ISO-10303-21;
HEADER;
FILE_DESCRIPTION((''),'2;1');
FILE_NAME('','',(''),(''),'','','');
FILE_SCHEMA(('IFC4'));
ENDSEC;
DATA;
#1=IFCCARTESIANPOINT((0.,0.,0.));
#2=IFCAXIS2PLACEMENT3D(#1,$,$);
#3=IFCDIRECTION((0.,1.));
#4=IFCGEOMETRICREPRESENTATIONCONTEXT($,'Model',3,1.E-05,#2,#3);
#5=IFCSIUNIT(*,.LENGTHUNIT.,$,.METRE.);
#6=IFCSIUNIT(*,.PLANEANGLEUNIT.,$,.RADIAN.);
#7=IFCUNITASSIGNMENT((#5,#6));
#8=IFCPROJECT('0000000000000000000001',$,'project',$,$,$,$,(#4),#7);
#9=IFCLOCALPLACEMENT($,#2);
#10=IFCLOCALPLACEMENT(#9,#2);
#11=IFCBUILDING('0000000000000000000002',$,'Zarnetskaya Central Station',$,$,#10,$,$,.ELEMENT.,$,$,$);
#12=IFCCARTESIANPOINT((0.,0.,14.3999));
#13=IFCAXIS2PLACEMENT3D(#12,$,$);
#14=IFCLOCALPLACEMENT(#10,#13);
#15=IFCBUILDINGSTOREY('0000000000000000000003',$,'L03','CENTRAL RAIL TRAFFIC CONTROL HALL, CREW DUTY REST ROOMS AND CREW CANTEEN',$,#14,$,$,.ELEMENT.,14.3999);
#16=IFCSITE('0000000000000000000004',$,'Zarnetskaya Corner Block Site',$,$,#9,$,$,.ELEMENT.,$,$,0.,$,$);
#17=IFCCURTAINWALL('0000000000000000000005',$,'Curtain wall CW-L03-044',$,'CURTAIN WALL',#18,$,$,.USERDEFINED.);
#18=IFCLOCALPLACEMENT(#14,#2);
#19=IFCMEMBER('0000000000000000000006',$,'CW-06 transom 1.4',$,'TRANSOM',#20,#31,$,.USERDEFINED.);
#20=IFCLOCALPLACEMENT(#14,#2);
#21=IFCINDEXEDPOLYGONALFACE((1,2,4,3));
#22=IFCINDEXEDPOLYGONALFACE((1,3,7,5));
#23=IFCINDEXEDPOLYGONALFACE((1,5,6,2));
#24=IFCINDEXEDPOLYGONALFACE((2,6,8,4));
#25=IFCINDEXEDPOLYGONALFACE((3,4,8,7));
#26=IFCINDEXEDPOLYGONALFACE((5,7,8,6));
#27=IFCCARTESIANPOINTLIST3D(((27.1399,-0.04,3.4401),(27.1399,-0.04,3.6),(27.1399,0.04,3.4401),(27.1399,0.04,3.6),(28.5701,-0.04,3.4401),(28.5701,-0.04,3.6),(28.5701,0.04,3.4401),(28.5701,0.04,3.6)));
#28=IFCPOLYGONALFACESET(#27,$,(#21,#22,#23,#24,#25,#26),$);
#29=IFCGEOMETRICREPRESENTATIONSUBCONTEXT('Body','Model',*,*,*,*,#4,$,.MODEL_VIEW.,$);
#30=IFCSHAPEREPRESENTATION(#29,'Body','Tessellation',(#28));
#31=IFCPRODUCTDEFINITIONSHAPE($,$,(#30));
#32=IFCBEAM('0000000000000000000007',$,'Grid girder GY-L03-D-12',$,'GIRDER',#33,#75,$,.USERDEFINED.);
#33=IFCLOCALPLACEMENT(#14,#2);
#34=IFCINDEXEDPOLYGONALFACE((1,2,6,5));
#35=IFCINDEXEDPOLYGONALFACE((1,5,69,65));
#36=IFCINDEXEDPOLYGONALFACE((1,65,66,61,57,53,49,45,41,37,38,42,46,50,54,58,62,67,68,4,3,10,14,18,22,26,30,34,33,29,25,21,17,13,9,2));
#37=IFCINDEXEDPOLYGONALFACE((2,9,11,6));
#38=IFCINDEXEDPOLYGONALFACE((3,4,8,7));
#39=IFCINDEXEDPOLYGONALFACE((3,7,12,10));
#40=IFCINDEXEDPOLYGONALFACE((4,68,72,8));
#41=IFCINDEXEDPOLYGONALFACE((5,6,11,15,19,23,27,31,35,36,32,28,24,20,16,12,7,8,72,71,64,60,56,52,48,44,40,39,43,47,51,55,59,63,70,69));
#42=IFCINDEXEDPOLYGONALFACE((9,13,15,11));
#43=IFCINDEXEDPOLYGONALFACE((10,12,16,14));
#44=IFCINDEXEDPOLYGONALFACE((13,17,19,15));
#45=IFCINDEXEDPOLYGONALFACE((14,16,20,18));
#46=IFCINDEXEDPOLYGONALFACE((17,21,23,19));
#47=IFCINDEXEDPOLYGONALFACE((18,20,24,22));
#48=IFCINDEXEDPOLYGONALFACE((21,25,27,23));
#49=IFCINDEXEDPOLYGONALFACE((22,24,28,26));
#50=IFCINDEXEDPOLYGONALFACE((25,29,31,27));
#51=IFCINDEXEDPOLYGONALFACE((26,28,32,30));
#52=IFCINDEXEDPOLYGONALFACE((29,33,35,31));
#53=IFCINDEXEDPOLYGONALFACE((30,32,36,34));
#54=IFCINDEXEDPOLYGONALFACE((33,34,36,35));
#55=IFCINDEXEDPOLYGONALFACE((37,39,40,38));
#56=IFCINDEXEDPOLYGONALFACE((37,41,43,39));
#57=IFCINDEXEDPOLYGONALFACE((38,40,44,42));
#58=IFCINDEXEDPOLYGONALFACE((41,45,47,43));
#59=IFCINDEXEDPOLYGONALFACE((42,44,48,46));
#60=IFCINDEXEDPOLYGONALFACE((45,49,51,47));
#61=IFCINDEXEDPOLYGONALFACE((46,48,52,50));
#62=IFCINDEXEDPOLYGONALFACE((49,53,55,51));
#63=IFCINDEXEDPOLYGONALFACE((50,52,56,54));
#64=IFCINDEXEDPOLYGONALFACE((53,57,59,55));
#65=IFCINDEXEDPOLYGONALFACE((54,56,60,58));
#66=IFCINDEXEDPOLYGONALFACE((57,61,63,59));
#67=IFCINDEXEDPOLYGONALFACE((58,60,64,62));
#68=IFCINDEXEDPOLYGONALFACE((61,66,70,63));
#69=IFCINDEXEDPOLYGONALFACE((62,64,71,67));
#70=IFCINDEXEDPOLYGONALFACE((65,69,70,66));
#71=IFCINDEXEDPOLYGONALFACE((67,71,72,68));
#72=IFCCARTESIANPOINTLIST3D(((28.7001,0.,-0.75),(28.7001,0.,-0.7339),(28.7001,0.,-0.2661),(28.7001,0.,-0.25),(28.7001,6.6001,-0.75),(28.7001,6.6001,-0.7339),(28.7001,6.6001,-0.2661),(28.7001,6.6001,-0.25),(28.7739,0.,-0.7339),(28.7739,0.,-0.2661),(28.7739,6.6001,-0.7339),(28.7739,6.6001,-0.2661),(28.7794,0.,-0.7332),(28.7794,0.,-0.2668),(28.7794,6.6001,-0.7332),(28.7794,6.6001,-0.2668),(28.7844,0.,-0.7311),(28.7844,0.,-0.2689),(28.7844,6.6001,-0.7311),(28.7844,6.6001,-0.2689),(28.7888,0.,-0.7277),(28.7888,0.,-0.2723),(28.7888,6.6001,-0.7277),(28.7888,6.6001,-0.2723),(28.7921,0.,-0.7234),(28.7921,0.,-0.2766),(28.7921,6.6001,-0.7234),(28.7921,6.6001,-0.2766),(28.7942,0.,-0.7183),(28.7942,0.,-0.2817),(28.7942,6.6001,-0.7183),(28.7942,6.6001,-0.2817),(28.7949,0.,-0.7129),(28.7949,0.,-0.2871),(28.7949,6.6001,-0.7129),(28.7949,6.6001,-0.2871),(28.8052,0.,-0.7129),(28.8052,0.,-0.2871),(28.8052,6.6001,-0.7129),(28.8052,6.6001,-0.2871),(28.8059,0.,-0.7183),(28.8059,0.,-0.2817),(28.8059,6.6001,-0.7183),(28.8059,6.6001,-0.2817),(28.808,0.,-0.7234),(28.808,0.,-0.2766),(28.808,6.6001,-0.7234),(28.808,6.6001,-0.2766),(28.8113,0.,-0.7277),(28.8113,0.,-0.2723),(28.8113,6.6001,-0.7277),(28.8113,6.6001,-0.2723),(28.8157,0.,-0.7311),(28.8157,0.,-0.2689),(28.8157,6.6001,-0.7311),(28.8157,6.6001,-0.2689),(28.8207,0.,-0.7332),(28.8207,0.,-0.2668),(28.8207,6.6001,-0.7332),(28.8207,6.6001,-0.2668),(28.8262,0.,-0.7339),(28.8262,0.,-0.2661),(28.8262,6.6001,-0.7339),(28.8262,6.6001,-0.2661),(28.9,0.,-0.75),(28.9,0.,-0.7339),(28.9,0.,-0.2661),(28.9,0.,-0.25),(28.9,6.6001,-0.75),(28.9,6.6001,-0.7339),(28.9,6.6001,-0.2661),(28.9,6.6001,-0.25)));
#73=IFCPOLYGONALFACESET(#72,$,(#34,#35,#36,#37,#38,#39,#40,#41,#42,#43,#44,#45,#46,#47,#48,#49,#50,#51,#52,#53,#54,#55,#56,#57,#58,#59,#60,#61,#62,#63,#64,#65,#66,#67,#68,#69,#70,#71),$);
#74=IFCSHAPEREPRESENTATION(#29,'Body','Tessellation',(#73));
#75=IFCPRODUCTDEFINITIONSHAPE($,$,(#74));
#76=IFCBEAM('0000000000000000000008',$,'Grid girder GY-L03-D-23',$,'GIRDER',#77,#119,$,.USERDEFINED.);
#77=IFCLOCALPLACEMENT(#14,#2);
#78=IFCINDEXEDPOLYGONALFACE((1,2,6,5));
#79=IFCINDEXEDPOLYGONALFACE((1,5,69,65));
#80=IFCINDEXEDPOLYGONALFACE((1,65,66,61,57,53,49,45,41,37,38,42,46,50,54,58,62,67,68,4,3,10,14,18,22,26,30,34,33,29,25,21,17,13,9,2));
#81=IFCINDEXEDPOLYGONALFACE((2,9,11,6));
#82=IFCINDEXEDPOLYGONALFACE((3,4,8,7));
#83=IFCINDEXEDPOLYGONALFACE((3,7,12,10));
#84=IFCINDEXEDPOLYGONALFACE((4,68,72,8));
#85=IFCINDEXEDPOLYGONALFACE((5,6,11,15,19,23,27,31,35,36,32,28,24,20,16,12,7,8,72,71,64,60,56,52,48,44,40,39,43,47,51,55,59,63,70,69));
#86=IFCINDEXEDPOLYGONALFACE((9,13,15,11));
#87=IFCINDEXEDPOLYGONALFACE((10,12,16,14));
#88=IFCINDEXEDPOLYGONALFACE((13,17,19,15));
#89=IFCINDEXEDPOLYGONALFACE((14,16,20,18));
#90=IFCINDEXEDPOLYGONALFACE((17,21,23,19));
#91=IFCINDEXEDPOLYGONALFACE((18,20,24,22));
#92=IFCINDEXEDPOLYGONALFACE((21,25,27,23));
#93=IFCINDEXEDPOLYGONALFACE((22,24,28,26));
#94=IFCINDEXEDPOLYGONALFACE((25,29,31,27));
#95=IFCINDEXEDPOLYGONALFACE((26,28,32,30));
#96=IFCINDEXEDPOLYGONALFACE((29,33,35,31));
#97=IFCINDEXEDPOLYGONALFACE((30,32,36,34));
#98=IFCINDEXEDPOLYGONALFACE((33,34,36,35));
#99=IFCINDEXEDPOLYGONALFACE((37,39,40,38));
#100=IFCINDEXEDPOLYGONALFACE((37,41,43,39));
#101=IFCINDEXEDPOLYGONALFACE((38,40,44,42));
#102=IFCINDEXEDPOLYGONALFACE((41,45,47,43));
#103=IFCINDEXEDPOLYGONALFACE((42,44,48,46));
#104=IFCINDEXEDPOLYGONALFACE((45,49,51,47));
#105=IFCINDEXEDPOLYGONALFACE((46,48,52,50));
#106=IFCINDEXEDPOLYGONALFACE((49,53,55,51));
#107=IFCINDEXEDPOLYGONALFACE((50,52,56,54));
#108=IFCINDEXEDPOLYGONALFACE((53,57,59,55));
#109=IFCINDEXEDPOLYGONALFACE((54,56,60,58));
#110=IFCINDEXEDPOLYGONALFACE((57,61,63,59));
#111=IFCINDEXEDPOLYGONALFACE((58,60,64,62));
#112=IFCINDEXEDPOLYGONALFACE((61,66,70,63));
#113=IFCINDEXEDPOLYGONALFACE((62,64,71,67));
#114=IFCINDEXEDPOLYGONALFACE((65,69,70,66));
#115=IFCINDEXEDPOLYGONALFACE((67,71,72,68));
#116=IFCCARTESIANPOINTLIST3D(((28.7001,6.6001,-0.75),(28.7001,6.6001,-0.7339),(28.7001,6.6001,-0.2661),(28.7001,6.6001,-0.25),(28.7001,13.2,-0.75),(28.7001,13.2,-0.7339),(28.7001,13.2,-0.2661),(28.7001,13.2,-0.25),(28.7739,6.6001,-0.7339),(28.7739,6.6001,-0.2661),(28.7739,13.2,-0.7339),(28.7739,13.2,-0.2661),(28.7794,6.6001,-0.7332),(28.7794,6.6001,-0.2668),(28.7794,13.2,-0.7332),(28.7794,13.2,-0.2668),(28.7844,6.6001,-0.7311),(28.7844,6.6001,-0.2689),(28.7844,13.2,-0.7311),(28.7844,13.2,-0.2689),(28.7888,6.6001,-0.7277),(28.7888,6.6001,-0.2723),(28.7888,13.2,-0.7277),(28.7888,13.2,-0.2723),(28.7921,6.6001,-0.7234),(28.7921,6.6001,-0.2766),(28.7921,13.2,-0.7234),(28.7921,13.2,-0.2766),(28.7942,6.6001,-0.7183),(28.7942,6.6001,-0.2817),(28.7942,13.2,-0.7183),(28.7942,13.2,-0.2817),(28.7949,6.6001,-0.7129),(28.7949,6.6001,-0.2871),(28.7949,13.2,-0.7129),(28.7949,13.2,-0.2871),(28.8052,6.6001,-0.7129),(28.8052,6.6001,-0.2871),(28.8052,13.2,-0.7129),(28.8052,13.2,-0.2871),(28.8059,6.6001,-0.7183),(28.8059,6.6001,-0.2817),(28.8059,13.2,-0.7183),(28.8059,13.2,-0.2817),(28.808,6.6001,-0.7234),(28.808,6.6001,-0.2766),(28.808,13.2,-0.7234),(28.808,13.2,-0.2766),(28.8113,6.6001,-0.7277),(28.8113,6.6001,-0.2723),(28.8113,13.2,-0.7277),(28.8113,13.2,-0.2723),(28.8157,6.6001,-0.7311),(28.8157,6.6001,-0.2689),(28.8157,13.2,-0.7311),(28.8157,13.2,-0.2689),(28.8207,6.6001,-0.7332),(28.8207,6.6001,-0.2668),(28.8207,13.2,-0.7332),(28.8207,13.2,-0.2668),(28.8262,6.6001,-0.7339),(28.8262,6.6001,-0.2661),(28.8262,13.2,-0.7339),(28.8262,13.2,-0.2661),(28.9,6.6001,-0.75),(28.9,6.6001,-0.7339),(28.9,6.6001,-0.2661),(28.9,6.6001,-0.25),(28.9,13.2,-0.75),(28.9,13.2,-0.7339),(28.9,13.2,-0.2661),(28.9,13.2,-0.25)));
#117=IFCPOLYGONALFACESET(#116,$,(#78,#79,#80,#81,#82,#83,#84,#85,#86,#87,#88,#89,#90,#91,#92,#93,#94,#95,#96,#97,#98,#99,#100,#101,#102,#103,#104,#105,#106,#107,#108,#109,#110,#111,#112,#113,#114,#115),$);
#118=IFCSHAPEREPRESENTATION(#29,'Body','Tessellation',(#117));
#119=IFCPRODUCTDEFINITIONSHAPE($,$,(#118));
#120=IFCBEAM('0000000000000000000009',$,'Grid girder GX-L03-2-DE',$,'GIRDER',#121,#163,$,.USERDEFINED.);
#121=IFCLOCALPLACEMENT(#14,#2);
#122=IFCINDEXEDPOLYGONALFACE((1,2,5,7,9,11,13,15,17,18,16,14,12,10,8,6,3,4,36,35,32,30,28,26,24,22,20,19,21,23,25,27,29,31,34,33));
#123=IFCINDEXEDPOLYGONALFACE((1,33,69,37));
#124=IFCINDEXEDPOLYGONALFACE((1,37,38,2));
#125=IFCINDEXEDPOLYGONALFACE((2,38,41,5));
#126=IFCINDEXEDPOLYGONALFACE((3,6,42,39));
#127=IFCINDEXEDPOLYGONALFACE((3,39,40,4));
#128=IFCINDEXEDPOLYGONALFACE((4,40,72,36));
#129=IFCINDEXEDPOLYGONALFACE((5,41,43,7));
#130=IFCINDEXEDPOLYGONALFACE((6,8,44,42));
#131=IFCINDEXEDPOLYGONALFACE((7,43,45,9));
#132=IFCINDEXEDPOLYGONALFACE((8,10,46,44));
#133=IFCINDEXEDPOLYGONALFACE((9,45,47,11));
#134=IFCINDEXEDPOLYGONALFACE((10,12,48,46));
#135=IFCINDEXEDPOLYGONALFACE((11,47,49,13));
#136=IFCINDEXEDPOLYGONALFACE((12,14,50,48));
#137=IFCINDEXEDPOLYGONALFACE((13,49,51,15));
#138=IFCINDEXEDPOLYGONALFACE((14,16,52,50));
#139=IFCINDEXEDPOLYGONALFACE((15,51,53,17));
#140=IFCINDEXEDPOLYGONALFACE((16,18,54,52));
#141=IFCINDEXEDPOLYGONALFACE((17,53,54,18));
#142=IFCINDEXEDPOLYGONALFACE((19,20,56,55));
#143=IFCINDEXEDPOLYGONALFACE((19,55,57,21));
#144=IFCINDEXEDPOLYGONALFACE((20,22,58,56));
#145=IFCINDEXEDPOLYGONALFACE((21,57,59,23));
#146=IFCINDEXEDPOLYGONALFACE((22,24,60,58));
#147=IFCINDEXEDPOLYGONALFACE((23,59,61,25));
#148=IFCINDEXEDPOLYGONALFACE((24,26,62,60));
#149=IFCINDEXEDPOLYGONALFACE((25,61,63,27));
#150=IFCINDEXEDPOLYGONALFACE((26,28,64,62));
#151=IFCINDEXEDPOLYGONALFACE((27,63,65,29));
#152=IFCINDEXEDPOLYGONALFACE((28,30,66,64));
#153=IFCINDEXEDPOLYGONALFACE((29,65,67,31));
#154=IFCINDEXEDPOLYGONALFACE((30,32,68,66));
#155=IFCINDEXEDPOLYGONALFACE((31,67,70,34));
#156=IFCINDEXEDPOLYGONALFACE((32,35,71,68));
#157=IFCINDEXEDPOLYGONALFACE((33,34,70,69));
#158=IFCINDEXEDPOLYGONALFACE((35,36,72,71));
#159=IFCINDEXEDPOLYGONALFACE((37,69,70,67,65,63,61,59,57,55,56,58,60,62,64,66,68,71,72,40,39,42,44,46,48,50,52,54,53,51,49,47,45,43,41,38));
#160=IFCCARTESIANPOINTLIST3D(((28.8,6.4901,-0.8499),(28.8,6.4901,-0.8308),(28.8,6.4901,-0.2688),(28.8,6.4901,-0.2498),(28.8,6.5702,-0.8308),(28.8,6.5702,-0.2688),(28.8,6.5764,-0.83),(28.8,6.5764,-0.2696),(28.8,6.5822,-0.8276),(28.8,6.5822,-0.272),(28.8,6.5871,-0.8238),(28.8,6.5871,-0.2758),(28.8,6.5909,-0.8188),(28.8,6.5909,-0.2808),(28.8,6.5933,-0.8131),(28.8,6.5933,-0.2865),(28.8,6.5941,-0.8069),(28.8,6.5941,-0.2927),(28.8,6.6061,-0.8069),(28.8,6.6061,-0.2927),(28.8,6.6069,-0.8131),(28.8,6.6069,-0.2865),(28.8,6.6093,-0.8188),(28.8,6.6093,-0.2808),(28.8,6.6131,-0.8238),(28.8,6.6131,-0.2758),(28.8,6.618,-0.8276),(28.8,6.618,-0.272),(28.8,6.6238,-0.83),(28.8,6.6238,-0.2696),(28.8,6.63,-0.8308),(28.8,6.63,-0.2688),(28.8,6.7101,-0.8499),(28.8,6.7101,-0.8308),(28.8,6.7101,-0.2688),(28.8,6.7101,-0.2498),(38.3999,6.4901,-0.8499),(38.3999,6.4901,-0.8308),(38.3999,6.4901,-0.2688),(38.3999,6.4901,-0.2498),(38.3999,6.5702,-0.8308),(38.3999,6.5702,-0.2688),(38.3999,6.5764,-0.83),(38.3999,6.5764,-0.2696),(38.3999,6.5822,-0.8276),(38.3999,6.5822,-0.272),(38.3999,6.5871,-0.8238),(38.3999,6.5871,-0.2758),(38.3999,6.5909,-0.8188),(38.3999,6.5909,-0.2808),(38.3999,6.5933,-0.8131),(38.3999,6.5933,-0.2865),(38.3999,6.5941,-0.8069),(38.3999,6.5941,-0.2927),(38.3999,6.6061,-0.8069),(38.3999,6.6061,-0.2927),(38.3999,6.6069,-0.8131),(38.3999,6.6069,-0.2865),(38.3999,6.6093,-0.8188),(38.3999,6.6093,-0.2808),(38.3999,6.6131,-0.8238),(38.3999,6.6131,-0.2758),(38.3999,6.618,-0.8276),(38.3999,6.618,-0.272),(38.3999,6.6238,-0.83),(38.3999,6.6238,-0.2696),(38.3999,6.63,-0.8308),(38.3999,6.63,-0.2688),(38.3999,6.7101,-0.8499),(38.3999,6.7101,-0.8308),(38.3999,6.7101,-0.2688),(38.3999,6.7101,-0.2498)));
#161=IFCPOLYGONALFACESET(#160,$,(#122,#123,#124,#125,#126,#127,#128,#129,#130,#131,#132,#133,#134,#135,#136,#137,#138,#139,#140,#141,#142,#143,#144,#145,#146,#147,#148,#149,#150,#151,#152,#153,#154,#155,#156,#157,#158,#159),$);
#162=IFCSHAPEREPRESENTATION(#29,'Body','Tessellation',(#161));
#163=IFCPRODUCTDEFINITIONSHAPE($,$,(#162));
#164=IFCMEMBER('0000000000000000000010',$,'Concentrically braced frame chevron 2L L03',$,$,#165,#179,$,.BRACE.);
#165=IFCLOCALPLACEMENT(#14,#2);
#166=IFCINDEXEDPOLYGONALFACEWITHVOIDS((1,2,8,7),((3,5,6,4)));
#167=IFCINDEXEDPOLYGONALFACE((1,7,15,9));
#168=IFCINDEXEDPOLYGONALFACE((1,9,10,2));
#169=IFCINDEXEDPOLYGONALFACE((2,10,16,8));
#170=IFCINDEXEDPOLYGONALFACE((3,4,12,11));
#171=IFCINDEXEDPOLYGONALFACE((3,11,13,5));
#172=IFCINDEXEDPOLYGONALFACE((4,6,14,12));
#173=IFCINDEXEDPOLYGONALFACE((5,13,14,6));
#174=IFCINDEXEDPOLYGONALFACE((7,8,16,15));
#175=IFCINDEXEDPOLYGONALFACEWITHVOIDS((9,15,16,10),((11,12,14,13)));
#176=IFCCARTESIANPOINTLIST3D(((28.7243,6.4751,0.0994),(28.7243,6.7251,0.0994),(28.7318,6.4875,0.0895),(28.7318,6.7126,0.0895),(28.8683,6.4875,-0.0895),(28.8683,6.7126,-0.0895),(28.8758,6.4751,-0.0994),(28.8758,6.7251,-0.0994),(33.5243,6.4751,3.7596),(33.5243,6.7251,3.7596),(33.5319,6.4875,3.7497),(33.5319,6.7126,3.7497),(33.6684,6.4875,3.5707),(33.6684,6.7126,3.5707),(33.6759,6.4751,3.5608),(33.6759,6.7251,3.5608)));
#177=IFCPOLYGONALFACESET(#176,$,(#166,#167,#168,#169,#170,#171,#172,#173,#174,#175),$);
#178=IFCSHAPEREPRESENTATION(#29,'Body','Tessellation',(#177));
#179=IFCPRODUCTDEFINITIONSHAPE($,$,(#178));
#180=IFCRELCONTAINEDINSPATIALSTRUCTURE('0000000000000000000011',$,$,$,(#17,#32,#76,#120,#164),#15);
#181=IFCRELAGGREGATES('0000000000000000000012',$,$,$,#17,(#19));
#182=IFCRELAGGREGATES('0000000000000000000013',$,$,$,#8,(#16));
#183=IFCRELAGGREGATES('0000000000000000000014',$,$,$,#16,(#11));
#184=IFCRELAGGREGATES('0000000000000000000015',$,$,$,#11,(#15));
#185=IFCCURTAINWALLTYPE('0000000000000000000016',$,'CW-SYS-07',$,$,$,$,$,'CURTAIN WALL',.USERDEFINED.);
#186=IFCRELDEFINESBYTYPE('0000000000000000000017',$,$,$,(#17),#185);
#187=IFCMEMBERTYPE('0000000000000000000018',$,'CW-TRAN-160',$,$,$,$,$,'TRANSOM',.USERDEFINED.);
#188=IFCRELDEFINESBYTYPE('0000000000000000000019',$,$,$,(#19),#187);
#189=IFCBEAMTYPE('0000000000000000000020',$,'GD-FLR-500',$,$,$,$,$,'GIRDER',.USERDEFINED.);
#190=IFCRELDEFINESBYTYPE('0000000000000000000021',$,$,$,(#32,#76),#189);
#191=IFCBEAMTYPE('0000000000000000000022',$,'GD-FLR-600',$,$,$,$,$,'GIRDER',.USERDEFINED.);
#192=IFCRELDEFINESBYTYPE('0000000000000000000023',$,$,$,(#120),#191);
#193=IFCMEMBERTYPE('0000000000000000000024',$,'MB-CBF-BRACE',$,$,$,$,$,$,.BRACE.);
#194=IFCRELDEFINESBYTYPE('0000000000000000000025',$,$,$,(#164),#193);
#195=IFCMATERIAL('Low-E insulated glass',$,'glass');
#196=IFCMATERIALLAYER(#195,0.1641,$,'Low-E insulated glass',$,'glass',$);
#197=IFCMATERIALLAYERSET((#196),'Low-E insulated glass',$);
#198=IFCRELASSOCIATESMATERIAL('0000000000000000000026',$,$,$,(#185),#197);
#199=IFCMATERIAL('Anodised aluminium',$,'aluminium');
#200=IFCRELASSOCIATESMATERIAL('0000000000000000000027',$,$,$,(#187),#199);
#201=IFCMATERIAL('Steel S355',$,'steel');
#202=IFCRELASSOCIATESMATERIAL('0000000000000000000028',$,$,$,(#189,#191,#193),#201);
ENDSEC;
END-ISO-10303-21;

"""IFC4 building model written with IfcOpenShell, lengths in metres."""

from ifc_helpers import new_model, si_unit, direction, frame, origin, origin_2d, place, context, subcontext, project, spatial, rectangle, hollow_rectangle, i_section, extrude, material, layer, layer_set, material_profile, profile_set, type_object, element, aggregate, save


model = new_model("IFC4")

# Units and contexts
model_context = context("Model", 3, precision=1e-05, world=origin(), true_north=direction((0.0, 1.0)))
body_context = subcontext(model_context, "Body", "Model", "MODEL_VIEW")
ifc_project = project(units=[si_unit("LENGTHUNIT", "METRE"), si_unit("PLANEANGLEUNIT", "RADIAN")], contexts=[model_context])

# Site, building, storey
site_placement = place(None, origin())
site = spatial("IfcSite", under=ifc_project, at=site_placement, Name="Zarnetskaya Corner Block Site", CompositionType="ELEMENT", RefElevation=0.0)
building_placement = place(site_placement, origin())
building = spatial("IfcBuilding", under=site, at=building_placement, Name="Zarnetskaya Central Station", CompositionType="ELEMENT")
storey_placement = place(building_placement, frame((0.0, 0.0, 14.3999)))
storey = spatial("IfcBuildingStorey", under=building, at=storey_placement, Name="L03", Description="CENTRAL RAIL TRAFFIC CONTROL HALL, CREW DUTY REST ROOMS AND CREW CANTEEN", CompositionType="ELEMENT", Elevation=14.3999)

# Shared definitions
ifc_material_1 = material(Name="Steel S355", Category="steel")

# Shared definitions
ifc_material_2 = material(Name="Low-E insulated glass", Category="glass")
ifc_material_3 = material(Name="Anodised aluminium", Category="aluminium")

# Curtain wall
ifc_layer_1 = layer(ifc_material_2, 0.1641, Name="Low-E insulated glass", Category="glass")
ifc_layer_set_1 = layer_set([ifc_layer_1], Name="Low-E insulated glass")
curtain_wall_type_1 = type_object("IfcCurtainWallType", Name="CW-SYS-07", ElementType="CURTAIN WALL", PredefinedType="USERDEFINED", material=ifc_layer_set_1)
curtain_wall_1_placement = place(storey_placement, origin())
curtain_wall_1 = element("IfcCurtainWall", 1, at=curtain_wall_1_placement, inside=storey, type_object=curtain_wall_type_1, Name="Curtain wall CW-L03-044", ObjectType="CURTAIN WALL", PredefinedType="USERDEFINED")

# Member
ifc_material_profile_1 = material_profile(ifc_material_3, rectangle(XDim=0.0801, YDim=0.1599, at=origin_2d()), Name="ALU TRAN 80x160")
ifc_profile_set_1 = profile_set([ifc_material_profile_1], Name="Anodised aluminium")
member_type_1 = type_object("IfcMemberType", Name="CW-TRAN-160", ElementType="TRANSOM", PredefinedType="USERDEFINED", material=ifc_profile_set_1)
member_1_placement = place(storey_placement, frame((28.5701, 0.0, 3.52), z_axis=(-1.0, 0.0, 0.0), x_axis=(0.0, -1.0, 0.0)))
member_1 = element("IfcMember", 2, at=member_1_placement, type_object=member_type_1, Name="CW-06 transom 1.4", ObjectType="TRANSOM", PredefinedType="USERDEFINED", context=body_context, shape_type="SweptSolid", body=[
    extrude(rectangle(XDim=0.0801, YDim=0.1599, at=origin_2d()), origin(), (0.0, 0.0, 1.0), 1.4302),
])

# Beams
ifc_material_profile_2 = material_profile(ifc_material_1, i_section(OverallWidth=0.2, OverallDepth=0.5, WebThickness=0.0103, FlangeThickness=0.0161, FilletRadius=0.021, at=origin_2d()), Name="IPE 500")
ifc_profile_set_2 = profile_set([ifc_material_profile_2], Name="Steel S355")
beam_type_1 = type_object("IfcBeamType", Name="GD-FLR-500", ElementType="GIRDER", PredefinedType="USERDEFINED", material=ifc_profile_set_2)
beam_1_placement = place(storey_placement, frame((28.8, 0.0, -0.5), z_axis=(0.0, 1.0, 0.0), x_axis=(-1.0, 0.0, 0.0)))
element("IfcBeam", 3, at=beam_1_placement, inside=storey, type_object=beam_type_1, Name="Grid girder GY-L03-D-12", ObjectType="GIRDER", PredefinedType="USERDEFINED", context=body_context, shape_type="SweptSolid", body=[
    extrude(i_section(OverallWidth=0.2, OverallDepth=0.5, WebThickness=0.0103, FlangeThickness=0.0161, FilletRadius=0.021, at=origin_2d()), origin(), (0.0, 0.0, 1.0), 6.6001),
])
beam_2_placement = place(storey_placement, frame((28.8, 6.6001, -0.5), z_axis=(0.0, 1.0, 0.0), x_axis=(-1.0, 0.0, 0.0)))
element("IfcBeam", 4, at=beam_2_placement, inside=storey, type_object=beam_type_1, Name="Grid girder GY-L03-D-23", ObjectType="GIRDER", PredefinedType="USERDEFINED", context=body_context, shape_type="SweptSolid", body=[
    extrude(i_section(OverallWidth=0.2, OverallDepth=0.5, WebThickness=0.0103, FlangeThickness=0.0161, FilletRadius=0.021, at=origin_2d()), origin(), (0.0, 0.0, 1.0), 6.5999),
])
ifc_material_profile_3 = material_profile(ifc_material_1, i_section(OverallWidth=0.22, OverallDepth=0.6001, WebThickness=0.012, FlangeThickness=0.019, FilletRadius=0.0239, at=origin_2d()), Name="IPE 600")
ifc_profile_set_3 = profile_set([ifc_material_profile_3], Name="Steel S355")
beam_type_2 = type_object("IfcBeamType", Name="GD-FLR-600", ElementType="GIRDER", PredefinedType="USERDEFINED", material=ifc_profile_set_3)
beam_3_placement = place(storey_placement, frame((28.8, 6.6001, -0.5498), z_axis=(1.0, 0.0, 0.0), x_axis=(0.0, 1.0, 0.0)))
element("IfcBeam", 5, at=beam_3_placement, inside=storey, type_object=beam_type_2, Name="Grid girder GX-L03-2-DE", ObjectType="GIRDER", PredefinedType="USERDEFINED", context=body_context, shape_type="SweptSolid", body=[
    extrude(i_section(OverallWidth=0.22, OverallDepth=0.6001, WebThickness=0.012, FlangeThickness=0.019, FilletRadius=0.0239, at=origin_2d()), origin(), (0.0, 0.0, 1.0), 9.5999),
])

# Member
ifc_material_profile_4 = material_profile(ifc_material_1, hollow_rectangle(XDim=0.25, YDim=0.25, WallThickness=0.0125, at=origin_2d()), Name="SHS 250x250x12.5")
ifc_profile_set_4 = profile_set([ifc_material_profile_4], Name="Steel S355")
member_type_2 = type_object("IfcMemberType", Name="MB-CBF-BRACE", PredefinedType="BRACE", material=ifc_profile_set_4)
member_2_placement = place(storey_placement, frame((28.8, 6.6001, 0.0), z_axis=(0.795194, 0.0, 0.606355), x_axis=(0.0, 1.0, 0.0)))
element("IfcMember", 6, at=member_2_placement, inside=storey, type_object=member_type_2, Name="Concentrically braced frame chevron 2L L03", PredefinedType="BRACE", context=body_context, shape_type="SweptSolid", body=[
    extrude(hollow_rectangle(XDim=0.25, YDim=0.25, WallThickness=0.0125, at=origin_2d()), origin(), (0.0, 0.0, 1.0), 6.0364),
])

aggregate(curtain_wall_1, [member_1])

save(model, "model.ifc")
